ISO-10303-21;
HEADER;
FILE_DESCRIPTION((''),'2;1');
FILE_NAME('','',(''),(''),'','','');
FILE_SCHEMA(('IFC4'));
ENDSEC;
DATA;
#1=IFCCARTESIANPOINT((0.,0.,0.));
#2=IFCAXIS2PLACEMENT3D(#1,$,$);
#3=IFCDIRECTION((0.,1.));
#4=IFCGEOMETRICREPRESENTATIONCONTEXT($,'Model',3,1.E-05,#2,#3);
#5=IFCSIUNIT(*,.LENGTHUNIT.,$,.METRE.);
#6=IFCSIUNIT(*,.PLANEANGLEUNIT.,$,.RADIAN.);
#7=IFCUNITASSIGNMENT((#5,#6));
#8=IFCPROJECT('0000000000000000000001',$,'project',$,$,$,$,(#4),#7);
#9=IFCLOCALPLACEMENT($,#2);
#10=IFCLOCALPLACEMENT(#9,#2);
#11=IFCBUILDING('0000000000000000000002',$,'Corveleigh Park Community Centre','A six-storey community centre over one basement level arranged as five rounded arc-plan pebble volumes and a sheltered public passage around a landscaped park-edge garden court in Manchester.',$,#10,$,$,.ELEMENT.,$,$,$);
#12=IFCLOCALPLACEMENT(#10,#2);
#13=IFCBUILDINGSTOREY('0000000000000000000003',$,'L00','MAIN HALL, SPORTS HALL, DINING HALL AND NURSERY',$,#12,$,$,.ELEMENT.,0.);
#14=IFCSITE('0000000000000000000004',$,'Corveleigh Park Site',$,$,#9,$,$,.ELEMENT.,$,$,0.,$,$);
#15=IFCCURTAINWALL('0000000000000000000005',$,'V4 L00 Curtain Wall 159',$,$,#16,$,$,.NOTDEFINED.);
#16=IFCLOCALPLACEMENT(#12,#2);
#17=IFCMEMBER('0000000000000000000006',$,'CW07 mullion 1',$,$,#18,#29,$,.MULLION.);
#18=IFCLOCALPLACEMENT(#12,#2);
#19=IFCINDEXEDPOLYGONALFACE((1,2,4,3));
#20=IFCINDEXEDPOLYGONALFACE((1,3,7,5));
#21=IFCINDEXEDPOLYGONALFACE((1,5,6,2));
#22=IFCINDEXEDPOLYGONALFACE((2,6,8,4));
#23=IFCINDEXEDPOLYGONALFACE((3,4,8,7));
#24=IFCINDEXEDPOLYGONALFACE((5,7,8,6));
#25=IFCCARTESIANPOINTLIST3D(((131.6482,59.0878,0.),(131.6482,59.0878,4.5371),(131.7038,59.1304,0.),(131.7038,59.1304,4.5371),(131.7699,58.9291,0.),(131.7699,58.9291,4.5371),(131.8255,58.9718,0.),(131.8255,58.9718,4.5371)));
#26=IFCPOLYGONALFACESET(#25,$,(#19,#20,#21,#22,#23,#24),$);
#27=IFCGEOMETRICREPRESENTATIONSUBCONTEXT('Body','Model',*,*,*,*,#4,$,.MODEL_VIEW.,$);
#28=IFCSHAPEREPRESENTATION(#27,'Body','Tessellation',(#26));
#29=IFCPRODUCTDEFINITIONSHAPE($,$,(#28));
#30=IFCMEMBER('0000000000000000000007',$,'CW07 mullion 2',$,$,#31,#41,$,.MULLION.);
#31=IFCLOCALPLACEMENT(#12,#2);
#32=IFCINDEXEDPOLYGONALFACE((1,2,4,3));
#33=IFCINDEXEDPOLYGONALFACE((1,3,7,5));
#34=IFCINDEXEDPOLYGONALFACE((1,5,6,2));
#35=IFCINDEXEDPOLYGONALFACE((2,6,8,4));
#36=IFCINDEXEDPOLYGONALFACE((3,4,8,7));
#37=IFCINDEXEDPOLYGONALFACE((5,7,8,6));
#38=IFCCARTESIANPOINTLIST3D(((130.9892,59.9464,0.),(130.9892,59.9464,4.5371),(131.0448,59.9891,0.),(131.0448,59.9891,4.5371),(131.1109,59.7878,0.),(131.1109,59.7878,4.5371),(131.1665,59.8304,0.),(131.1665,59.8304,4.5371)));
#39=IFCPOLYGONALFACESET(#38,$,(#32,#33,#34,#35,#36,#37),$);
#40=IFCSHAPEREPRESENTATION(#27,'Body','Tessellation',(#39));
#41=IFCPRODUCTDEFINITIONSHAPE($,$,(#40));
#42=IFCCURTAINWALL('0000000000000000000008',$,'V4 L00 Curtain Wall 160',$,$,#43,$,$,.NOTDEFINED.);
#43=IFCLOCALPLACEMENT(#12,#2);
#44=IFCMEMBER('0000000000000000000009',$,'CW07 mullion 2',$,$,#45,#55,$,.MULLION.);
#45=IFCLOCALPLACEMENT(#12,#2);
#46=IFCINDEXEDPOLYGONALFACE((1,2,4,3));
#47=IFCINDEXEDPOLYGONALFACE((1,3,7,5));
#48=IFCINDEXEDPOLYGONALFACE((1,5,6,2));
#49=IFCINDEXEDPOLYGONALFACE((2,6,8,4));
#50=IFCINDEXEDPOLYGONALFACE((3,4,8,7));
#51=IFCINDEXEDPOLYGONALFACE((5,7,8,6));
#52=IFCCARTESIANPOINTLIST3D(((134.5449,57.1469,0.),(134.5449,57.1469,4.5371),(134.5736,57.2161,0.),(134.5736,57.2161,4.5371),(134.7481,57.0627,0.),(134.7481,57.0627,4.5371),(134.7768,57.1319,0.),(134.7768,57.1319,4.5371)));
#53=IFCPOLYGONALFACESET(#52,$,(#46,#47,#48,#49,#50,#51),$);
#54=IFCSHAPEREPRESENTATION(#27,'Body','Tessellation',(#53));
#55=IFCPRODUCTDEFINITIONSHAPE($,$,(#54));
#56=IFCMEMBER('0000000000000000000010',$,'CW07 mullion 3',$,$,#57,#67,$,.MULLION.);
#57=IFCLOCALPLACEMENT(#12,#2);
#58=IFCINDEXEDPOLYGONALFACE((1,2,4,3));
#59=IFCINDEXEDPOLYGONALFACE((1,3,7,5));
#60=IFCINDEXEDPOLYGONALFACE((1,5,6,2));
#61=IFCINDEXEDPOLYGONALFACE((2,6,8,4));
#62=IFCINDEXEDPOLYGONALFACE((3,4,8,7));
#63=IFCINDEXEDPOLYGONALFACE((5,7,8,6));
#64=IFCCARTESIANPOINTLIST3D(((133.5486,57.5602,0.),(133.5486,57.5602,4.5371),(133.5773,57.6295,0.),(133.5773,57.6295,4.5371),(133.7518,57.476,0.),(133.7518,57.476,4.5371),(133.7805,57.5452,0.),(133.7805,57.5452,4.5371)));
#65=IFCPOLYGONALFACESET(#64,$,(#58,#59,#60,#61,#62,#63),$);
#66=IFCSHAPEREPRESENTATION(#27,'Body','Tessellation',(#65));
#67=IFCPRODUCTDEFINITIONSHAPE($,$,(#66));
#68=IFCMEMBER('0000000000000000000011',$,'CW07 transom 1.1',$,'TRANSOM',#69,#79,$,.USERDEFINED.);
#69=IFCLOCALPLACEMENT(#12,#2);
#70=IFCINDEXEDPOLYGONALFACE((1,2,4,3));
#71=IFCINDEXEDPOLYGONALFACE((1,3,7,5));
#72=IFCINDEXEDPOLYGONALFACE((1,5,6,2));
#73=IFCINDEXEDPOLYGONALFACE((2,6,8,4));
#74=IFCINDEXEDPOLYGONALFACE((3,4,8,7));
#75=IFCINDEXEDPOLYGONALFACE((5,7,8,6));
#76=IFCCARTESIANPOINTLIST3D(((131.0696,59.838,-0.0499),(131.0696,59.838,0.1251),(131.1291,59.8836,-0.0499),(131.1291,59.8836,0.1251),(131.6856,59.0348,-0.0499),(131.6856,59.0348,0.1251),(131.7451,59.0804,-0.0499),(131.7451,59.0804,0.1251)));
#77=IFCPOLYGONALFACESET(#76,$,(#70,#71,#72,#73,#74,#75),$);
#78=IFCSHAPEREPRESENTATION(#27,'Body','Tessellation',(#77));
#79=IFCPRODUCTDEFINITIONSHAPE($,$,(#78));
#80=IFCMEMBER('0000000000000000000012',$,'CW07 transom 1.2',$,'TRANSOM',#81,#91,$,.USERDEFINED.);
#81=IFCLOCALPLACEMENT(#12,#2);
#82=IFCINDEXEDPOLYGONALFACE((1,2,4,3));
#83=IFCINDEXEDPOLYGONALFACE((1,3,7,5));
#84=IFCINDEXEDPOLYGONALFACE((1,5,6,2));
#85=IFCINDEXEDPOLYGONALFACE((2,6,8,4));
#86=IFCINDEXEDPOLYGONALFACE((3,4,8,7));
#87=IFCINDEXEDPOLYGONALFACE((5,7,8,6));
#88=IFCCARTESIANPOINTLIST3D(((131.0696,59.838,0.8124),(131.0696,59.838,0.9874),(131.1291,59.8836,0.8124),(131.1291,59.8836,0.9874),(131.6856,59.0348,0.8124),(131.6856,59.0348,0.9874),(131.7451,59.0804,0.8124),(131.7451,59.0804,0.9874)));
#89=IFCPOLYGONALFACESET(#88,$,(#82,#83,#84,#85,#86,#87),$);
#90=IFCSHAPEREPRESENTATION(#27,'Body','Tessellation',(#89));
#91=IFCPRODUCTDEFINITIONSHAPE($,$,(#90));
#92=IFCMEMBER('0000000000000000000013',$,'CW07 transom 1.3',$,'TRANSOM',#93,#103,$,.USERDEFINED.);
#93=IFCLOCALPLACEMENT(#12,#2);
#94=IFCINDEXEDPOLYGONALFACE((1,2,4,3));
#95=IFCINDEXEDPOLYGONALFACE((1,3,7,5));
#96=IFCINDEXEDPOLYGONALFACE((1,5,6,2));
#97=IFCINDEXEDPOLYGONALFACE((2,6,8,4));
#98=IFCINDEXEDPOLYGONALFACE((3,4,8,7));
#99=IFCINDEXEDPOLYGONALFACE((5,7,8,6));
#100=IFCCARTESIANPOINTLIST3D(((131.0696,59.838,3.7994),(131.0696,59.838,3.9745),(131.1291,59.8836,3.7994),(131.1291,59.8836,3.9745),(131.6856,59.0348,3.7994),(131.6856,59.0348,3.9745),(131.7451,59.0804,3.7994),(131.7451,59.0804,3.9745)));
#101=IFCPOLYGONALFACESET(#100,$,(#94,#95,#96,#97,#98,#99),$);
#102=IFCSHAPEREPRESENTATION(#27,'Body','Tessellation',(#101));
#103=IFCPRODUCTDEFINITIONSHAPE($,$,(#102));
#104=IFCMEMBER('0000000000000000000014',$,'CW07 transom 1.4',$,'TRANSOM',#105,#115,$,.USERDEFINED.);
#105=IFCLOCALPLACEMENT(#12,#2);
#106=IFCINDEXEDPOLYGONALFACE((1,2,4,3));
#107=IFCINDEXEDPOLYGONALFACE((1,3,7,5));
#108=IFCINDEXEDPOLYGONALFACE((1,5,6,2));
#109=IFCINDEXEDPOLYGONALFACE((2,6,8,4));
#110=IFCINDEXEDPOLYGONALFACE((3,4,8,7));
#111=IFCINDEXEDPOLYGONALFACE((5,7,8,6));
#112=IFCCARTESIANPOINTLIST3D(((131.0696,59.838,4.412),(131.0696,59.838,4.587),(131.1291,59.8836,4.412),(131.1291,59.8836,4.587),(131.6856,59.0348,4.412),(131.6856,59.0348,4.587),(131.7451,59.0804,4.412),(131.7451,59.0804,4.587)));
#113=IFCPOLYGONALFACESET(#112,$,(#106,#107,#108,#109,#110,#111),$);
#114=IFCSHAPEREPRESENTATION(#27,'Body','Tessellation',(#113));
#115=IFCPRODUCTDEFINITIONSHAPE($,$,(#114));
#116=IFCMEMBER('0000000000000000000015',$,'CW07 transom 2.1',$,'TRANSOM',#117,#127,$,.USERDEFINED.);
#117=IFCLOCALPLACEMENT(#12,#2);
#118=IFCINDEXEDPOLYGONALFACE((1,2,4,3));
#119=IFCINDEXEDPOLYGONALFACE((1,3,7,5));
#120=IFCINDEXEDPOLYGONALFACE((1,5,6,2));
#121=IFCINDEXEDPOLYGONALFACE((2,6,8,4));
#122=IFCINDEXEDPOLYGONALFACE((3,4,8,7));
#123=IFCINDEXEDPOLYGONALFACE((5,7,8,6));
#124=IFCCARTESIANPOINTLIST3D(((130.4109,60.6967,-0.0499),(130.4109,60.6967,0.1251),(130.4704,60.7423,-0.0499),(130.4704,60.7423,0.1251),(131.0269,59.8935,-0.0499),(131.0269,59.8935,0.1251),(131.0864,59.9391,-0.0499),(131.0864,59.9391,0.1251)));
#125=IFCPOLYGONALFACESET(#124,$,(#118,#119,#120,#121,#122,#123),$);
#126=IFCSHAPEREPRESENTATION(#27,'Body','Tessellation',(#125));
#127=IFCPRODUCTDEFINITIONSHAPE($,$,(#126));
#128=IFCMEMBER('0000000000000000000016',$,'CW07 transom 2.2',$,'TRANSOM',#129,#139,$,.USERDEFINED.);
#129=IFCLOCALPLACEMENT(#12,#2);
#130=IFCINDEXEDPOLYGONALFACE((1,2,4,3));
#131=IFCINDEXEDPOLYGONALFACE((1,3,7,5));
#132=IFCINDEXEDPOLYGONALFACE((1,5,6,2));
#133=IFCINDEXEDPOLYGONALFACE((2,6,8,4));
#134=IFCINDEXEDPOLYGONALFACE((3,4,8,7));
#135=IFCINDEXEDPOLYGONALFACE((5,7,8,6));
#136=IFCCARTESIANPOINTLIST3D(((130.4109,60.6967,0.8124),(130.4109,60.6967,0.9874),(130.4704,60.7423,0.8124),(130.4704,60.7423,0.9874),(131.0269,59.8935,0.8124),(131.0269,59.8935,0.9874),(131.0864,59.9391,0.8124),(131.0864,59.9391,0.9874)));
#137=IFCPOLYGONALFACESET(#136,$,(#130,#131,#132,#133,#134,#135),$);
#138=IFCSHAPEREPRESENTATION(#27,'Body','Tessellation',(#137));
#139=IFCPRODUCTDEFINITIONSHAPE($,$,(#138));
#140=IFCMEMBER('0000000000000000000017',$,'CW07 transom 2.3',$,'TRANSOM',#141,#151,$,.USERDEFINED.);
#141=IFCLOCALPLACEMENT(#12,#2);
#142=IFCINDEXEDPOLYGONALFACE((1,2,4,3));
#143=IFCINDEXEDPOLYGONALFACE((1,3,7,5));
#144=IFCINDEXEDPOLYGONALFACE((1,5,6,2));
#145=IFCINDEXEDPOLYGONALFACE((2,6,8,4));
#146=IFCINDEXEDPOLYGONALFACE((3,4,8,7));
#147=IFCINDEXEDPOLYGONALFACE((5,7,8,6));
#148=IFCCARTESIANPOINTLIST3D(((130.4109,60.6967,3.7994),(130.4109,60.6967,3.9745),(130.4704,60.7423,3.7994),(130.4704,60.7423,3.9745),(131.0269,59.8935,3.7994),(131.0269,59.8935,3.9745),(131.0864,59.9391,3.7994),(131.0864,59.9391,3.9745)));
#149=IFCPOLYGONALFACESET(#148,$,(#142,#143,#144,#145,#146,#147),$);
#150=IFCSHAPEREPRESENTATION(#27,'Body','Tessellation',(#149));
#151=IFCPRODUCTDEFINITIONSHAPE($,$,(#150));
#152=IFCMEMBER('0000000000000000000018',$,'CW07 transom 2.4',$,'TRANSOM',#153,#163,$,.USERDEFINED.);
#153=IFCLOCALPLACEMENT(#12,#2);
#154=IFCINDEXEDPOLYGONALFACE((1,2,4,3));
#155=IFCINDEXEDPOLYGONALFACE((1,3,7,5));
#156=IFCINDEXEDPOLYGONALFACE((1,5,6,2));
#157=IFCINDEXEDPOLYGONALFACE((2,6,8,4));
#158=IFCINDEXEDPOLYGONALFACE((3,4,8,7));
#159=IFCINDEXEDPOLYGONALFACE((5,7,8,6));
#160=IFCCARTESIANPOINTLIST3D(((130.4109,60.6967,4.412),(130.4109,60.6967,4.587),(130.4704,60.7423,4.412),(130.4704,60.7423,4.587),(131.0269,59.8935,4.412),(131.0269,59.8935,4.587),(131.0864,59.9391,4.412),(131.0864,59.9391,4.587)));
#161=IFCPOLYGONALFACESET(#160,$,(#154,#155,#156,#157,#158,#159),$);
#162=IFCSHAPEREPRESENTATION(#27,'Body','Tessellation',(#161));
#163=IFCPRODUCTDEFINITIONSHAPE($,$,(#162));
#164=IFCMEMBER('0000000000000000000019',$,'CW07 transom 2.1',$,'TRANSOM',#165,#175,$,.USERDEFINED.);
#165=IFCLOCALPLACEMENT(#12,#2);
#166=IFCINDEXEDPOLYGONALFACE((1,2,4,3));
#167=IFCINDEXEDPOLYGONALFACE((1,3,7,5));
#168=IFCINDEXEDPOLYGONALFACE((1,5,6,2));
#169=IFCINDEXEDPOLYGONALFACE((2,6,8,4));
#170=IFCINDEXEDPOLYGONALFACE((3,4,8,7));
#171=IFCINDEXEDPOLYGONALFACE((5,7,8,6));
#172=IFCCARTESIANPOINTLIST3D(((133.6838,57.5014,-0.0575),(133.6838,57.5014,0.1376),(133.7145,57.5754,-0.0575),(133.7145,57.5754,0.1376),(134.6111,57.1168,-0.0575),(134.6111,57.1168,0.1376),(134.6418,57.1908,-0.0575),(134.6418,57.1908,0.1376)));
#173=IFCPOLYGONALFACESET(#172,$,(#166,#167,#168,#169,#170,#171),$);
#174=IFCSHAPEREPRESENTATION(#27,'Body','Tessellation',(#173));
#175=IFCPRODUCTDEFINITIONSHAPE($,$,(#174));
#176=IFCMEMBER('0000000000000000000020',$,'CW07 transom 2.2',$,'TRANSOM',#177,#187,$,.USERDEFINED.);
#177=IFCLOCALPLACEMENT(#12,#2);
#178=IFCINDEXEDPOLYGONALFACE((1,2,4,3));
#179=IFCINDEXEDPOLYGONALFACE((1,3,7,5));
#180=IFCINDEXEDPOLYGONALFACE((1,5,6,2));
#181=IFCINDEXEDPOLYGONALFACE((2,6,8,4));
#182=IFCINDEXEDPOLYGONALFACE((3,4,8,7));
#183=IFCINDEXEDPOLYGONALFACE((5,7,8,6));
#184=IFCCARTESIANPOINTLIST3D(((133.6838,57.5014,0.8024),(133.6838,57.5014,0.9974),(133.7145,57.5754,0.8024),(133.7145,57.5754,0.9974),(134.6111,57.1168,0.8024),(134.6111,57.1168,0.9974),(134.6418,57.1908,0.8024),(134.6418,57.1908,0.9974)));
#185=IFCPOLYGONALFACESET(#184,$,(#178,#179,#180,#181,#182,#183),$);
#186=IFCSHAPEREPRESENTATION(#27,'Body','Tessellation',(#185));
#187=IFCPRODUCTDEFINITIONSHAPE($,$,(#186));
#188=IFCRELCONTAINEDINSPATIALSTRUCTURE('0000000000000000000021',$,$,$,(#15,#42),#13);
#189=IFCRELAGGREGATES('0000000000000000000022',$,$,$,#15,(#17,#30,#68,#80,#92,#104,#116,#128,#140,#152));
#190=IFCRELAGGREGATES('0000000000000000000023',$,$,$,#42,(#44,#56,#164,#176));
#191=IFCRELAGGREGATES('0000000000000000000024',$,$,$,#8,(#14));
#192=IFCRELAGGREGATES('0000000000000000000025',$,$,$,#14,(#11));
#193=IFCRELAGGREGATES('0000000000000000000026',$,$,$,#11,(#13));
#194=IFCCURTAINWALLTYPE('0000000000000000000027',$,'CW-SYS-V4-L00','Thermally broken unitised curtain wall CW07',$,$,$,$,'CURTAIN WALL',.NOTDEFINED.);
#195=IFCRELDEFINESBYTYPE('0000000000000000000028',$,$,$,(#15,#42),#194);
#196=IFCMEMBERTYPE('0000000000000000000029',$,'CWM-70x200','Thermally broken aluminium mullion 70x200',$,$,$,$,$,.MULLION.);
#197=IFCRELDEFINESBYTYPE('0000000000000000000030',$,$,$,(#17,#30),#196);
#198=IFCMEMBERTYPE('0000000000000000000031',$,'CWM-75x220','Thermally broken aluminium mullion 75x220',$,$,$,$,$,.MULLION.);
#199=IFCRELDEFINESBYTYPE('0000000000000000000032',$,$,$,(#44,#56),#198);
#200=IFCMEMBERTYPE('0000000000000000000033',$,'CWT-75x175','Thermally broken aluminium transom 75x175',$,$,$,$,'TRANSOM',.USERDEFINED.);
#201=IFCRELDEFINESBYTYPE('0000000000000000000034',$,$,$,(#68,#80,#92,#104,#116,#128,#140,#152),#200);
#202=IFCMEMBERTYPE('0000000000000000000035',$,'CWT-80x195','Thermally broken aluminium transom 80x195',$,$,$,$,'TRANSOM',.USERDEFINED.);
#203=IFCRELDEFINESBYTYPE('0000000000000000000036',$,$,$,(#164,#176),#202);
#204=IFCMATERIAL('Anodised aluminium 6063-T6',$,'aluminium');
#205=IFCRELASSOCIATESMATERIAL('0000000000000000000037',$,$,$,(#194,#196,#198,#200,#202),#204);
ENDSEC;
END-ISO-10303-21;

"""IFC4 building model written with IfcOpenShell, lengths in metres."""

from ifc_helpers import new_model, si_unit, direction, frame, origin, origin_2d, place, context, subcontext, project, spatial, rectangle, extrude, material, material_profile, profile_set, type_object, element, aggregate, save


model = new_model("IFC4")

# Units and contexts
model_context = context("Model", 3, precision=1e-05, world=origin(), true_north=direction((0.0, 1.0)))
body_context = subcontext(model_context, "Body", "Model", "MODEL_VIEW")
ifc_project = project(units=[si_unit("LENGTHUNIT", "METRE"), si_unit("PLANEANGLEUNIT", "RADIAN")], contexts=[model_context])

# Site, building, storey
site_placement = place(None, origin())
site = spatial("IfcSite", under=ifc_project, at=site_placement, Name="Corveleigh Park Site", CompositionType="ELEMENT", RefElevation=0.0)
building_placement = place(site_placement, origin())
building = spatial("IfcBuilding", under=site, at=building_placement, Name="Corveleigh Park Community Centre", Description="A six-storey community centre over one basement level arranged as five rounded arc-plan pebble volumes and a sheltered public passage around a landscaped park-edge garden court in Manchester.", CompositionType="ELEMENT")
storey_placement = place(building_placement, origin())
storey = spatial("IfcBuildingStorey", under=building, at=storey_placement, Name="L00", Description="MAIN HALL, SPORTS HALL, DINING HALL AND NURSERY", CompositionType="ELEMENT", Elevation=0.0)

# Curtain walls, members
ifc_material_1 = material(Name="Anodised aluminium 6063-T6", Category="aluminium")
curtain_wall_type = type_object("IfcCurtainWallType", Name="CW-SYS-V4-L00", Description="Thermally broken unitised curtain wall CW07", ElementType="CURTAIN WALL", PredefinedType="NOTDEFINED", material=ifc_material_1)
curtain_wall_1_placement = place(storey_placement, origin())
curtain_wall_1 = element("IfcCurtainWall", 1, at=curtain_wall_1_placement, inside=storey, type_object=curtain_wall_type, Name="V4 L00 Curtain Wall 159", PredefinedType="NOTDEFINED")
ifc_material_profile_1 = material_profile(ifc_material_1, rectangle(XDim=0.0701, YDim=0.2, at=origin_2d()), Name="ALU-M70x200", Category="aluminium")
ifc_profile_set_1 = profile_set([ifc_material_profile_1], Name="Anodised aluminium 6063-T6")
member_type_1 = type_object("IfcMemberType", Name="CWM-70x200", Description="Thermally broken aluminium mullion 70x200", PredefinedType="MULLION", material=ifc_profile_set_1)
member_1_placement = place(storey_placement, frame((131.7368, 59.0298, 0.0), z_axis=(0.0, 0.0, 1.0), x_axis=(-0.793455, -0.608629, 0.0)))
member_1 = element("IfcMember", 2, at=member_1_placement, type_object=member_type_1, Name="CW07 mullion 1", PredefinedType="MULLION", context=body_context, shape_type="SweptSolid", body=[
    extrude(rectangle(XDim=0.0701, YDim=0.2, at=origin_2d()), origin(), (0.0, 0.0, 1.0), 4.5371),
])
member_2_placement = place(storey_placement, frame((131.0779, 59.8884, 0.0), z_axis=(0.0, 0.0, 1.0), x_axis=(-0.793455, -0.608629, 0.0)))
member_2 = element("IfcMember", 3, at=member_2_placement, type_object=member_type_1, Name="CW07 mullion 2", PredefinedType="MULLION", context=body_context, shape_type="SweptSolid", body=[
    extrude(rectangle(XDim=0.0701, YDim=0.2, at=origin_2d()), origin(), (0.0, 0.0, 1.0), 4.5371),
])
curtain_wall_2_placement = place(storey_placement, origin())
curtain_wall_2 = element("IfcCurtainWall", 4, at=curtain_wall_2_placement, inside=storey, type_object=curtain_wall_type, Name="V4 L00 Curtain Wall 160", PredefinedType="NOTDEFINED")
ifc_material_profile_2 = material_profile(ifc_material_1, rectangle(XDim=0.075, YDim=0.22, at=origin_2d()), Name="ALU-M75x220", Category="aluminium")
ifc_profile_set_2 = profile_set([ifc_material_profile_2], Name="Anodised aluminium 6063-T6")
member_type_2 = type_object("IfcMemberType", Name="CWM-75x220", Description="Thermally broken aluminium mullion 75x220", PredefinedType="MULLION", material=ifc_profile_set_2)
member_3_placement = place(storey_placement, frame((134.6609, 57.1394, 0.0), z_axis=(0.0, 0.0, 1.0), x_axis=(-0.383024, -0.923738, 0.0)))
member_3 = element("IfcMember", 5, at=member_3_placement, type_object=member_type_2, Name="CW07 mullion 2", PredefinedType="MULLION", context=body_context, shape_type="SweptSolid", body=[
    extrude(rectangle(XDim=0.075, YDim=0.22, at=origin_2d()), origin(), (0.0, 0.0, 1.0), 4.5371),
])
member_4_placement = place(storey_placement, frame((133.6646, 57.5527, 0.0), z_axis=(0.0, 0.0, 1.0), x_axis=(-0.383024, -0.923738, 0.0)))
member_4 = element("IfcMember", 6, at=member_4_placement, type_object=member_type_2, Name="CW07 mullion 3", PredefinedType="MULLION", context=body_context, shape_type="SweptSolid", body=[
    extrude(rectangle(XDim=0.075, YDim=0.22, at=origin_2d()), origin(), (0.0, 0.0, 1.0), 4.5371),
])

# Members
ifc_material_profile_3 = material_profile(ifc_material_1, rectangle(XDim=0.075, YDim=0.175, at=origin_2d()), Name="ALU-T75x175", Category="aluminium")
ifc_profile_set_3 = profile_set([ifc_material_profile_3], Name="Anodised aluminium 6063-T6")
member_type_3 = type_object("IfcMemberType", Name="CWT-75x175", Description="Thermally broken aluminium transom 75x175", ElementType="TRANSOM", PredefinedType="USERDEFINED", material=ifc_profile_set_3)
member_5_placement = place(storey_placement, frame((131.7153, 59.0576, 0.0376), z_axis=(-0.608533, 0.793529, 0.0), x_axis=(-0.793529, -0.608533, 0.0)))
member_5 = element("IfcMember", 7, at=member_5_placement, type_object=member_type_3, Name="CW07 transom 1.1", ObjectType="TRANSOM", PredefinedType="USERDEFINED", context=body_context, shape_type="SweptSolid", body=[
    extrude(rectangle(XDim=0.075, YDim=0.175, at=origin_2d()), origin(), (0.0, 0.0, 1.0), 1.0122),
])
member_6_placement = place(storey_placement, frame((131.7153, 59.0576, 0.8999), z_axis=(-0.608533, 0.793529, 0.0), x_axis=(-0.793529, -0.608533, 0.0)))
member_6 = element("IfcMember", 8, at=member_6_placement, type_object=member_type_3, Name="CW07 transom 1.2", ObjectType="TRANSOM", PredefinedType="USERDEFINED", context=body_context, shape_type="SweptSolid", body=[
    extrude(rectangle(XDim=0.075, YDim=0.175, at=origin_2d()), origin(), (0.0, 0.0, 1.0), 1.0122),
])
member_7_placement = place(storey_placement, frame((131.7153, 59.0576, 3.887), z_axis=(-0.608533, 0.793529, 0.0), x_axis=(-0.793529, -0.608533, 0.0)))
member_7 = element("IfcMember", 9, at=member_7_placement, type_object=member_type_3, Name="CW07 transom 1.3", ObjectType="TRANSOM", PredefinedType="USERDEFINED", context=body_context, shape_type="SweptSolid", body=[
    extrude(rectangle(XDim=0.075, YDim=0.175, at=origin_2d()), origin(), (0.0, 0.0, 1.0), 1.0122),
])
member_8_placement = place(storey_placement, frame((131.7153, 59.0576, 4.4995), z_axis=(-0.608533, 0.793529, 0.0), x_axis=(-0.793529, -0.608533, 0.0)))
member_8 = element("IfcMember", 10, at=member_8_placement, type_object=member_type_3, Name="CW07 transom 1.4", ObjectType="TRANSOM", PredefinedType="USERDEFINED", context=body_context, shape_type="SweptSolid", body=[
    extrude(rectangle(XDim=0.075, YDim=0.175, at=origin_2d()), origin(), (0.0, 0.0, 1.0), 1.0122),
])
member_9_placement = place(storey_placement, frame((131.0566, 59.9163, 0.0376), z_axis=(-0.608533, 0.793529, 0.0), x_axis=(-0.793529, -0.608533, 0.0)))
member_9 = element("IfcMember", 11, at=member_9_placement, type_object=member_type_3, Name="CW07 transom 2.1", ObjectType="TRANSOM", PredefinedType="USERDEFINED", context=body_context, shape_type="SweptSolid", body=[
    extrude(rectangle(XDim=0.075, YDim=0.175, at=origin_2d()), origin(), (0.0, 0.0, 1.0), 1.0122),
])
member_10_placement = place(storey_placement, frame((131.0566, 59.9163, 0.8999), z_axis=(-0.608533, 0.793529, 0.0), x_axis=(-0.793529, -0.608533, 0.0)))
member_10 = element("IfcMember", 12, at=member_10_placement, type_object=member_type_3, Name="CW07 transom 2.2", ObjectType="TRANSOM", PredefinedType="USERDEFINED", context=body_context, shape_type="SweptSolid", body=[
    extrude(rectangle(XDim=0.075, YDim=0.175, at=origin_2d()), origin(), (0.0, 0.0, 1.0), 1.0122),
])
member_11_placement = place(storey_placement, frame((131.0566, 59.9163, 3.887), z_axis=(-0.608533, 0.793529, 0.0), x_axis=(-0.793529, -0.608533, 0.0)))
member_11 = element("IfcMember", 13, at=member_11_placement, type_object=member_type_3, Name="CW07 transom 2.3", ObjectType="TRANSOM", PredefinedType="USERDEFINED", context=body_context, shape_type="SweptSolid", body=[
    extrude(rectangle(XDim=0.075, YDim=0.175, at=origin_2d()), origin(), (0.0, 0.0, 1.0), 1.0122),
])
member_12_placement = place(storey_placement, frame((131.0566, 59.9163, 4.4995), z_axis=(-0.608533, 0.793529, 0.0), x_axis=(-0.793529, -0.608533, 0.0)))
member_12 = element("IfcMember", 14, at=member_12_placement, type_object=member_type_3, Name="CW07 transom 2.4", ObjectType="TRANSOM", PredefinedType="USERDEFINED", context=body_context, shape_type="SweptSolid", body=[
    extrude(rectangle(XDim=0.075, YDim=0.175, at=origin_2d()), origin(), (0.0, 0.0, 1.0), 1.0122),
])
ifc_material_profile_4 = material_profile(ifc_material_1, rectangle(XDim=0.0801, YDim=0.1951, at=origin_2d()), Name="ALU-T80x195", Category="aluminium")
ifc_profile_set_4 = profile_set([ifc_material_profile_4], Name="Anodised aluminium 6063-T6")
member_type_4 = type_object("IfcMemberType", Name="CWT-80x195", Description="Thermally broken aluminium transom 80x195", ElementType="TRANSOM", PredefinedType="USERDEFINED", material=ifc_profile_set_4)
member_13_placement = place(storey_placement, frame((134.6265, 57.1538, 0.04), z_axis=(-0.923723, 0.383061, 0.0), x_axis=(-0.383061, -0.923723, 0.0)))
member_13 = element("IfcMember", 15, at=member_13_placement, type_object=member_type_4, Name="CW07 transom 2.1", ObjectType="TRANSOM", PredefinedType="USERDEFINED", context=body_context, shape_type="SweptSolid", body=[
    extrude(rectangle(XDim=0.0801, YDim=0.1951, at=origin_2d()), origin(), (0.0, 0.0, 1.0), 1.0039),
])
member_14_placement = place(storey_placement, frame((134.6265, 57.1538, 0.8999), z_axis=(-0.923723, 0.383061, 0.0), x_axis=(-0.383061, -0.923723, 0.0)))
member_14 = element("IfcMember", 16, at=member_14_placement, type_object=member_type_4, Name="CW07 transom 2.2", ObjectType="TRANSOM", PredefinedType="USERDEFINED", context=body_context, shape_type="SweptSolid", body=[
    extrude(rectangle(XDim=0.0801, YDim=0.1951, at=origin_2d()), origin(), (0.0, 0.0, 1.0), 1.0039),
])

aggregate(curtain_wall_1, [member_1, member_2, member_5, member_6, member_7, member_8, member_9, member_10, member_11, member_12])
aggregate(curtain_wall_2, [member_3, member_4, member_13, member_14])

save(model, "model.ifc")
